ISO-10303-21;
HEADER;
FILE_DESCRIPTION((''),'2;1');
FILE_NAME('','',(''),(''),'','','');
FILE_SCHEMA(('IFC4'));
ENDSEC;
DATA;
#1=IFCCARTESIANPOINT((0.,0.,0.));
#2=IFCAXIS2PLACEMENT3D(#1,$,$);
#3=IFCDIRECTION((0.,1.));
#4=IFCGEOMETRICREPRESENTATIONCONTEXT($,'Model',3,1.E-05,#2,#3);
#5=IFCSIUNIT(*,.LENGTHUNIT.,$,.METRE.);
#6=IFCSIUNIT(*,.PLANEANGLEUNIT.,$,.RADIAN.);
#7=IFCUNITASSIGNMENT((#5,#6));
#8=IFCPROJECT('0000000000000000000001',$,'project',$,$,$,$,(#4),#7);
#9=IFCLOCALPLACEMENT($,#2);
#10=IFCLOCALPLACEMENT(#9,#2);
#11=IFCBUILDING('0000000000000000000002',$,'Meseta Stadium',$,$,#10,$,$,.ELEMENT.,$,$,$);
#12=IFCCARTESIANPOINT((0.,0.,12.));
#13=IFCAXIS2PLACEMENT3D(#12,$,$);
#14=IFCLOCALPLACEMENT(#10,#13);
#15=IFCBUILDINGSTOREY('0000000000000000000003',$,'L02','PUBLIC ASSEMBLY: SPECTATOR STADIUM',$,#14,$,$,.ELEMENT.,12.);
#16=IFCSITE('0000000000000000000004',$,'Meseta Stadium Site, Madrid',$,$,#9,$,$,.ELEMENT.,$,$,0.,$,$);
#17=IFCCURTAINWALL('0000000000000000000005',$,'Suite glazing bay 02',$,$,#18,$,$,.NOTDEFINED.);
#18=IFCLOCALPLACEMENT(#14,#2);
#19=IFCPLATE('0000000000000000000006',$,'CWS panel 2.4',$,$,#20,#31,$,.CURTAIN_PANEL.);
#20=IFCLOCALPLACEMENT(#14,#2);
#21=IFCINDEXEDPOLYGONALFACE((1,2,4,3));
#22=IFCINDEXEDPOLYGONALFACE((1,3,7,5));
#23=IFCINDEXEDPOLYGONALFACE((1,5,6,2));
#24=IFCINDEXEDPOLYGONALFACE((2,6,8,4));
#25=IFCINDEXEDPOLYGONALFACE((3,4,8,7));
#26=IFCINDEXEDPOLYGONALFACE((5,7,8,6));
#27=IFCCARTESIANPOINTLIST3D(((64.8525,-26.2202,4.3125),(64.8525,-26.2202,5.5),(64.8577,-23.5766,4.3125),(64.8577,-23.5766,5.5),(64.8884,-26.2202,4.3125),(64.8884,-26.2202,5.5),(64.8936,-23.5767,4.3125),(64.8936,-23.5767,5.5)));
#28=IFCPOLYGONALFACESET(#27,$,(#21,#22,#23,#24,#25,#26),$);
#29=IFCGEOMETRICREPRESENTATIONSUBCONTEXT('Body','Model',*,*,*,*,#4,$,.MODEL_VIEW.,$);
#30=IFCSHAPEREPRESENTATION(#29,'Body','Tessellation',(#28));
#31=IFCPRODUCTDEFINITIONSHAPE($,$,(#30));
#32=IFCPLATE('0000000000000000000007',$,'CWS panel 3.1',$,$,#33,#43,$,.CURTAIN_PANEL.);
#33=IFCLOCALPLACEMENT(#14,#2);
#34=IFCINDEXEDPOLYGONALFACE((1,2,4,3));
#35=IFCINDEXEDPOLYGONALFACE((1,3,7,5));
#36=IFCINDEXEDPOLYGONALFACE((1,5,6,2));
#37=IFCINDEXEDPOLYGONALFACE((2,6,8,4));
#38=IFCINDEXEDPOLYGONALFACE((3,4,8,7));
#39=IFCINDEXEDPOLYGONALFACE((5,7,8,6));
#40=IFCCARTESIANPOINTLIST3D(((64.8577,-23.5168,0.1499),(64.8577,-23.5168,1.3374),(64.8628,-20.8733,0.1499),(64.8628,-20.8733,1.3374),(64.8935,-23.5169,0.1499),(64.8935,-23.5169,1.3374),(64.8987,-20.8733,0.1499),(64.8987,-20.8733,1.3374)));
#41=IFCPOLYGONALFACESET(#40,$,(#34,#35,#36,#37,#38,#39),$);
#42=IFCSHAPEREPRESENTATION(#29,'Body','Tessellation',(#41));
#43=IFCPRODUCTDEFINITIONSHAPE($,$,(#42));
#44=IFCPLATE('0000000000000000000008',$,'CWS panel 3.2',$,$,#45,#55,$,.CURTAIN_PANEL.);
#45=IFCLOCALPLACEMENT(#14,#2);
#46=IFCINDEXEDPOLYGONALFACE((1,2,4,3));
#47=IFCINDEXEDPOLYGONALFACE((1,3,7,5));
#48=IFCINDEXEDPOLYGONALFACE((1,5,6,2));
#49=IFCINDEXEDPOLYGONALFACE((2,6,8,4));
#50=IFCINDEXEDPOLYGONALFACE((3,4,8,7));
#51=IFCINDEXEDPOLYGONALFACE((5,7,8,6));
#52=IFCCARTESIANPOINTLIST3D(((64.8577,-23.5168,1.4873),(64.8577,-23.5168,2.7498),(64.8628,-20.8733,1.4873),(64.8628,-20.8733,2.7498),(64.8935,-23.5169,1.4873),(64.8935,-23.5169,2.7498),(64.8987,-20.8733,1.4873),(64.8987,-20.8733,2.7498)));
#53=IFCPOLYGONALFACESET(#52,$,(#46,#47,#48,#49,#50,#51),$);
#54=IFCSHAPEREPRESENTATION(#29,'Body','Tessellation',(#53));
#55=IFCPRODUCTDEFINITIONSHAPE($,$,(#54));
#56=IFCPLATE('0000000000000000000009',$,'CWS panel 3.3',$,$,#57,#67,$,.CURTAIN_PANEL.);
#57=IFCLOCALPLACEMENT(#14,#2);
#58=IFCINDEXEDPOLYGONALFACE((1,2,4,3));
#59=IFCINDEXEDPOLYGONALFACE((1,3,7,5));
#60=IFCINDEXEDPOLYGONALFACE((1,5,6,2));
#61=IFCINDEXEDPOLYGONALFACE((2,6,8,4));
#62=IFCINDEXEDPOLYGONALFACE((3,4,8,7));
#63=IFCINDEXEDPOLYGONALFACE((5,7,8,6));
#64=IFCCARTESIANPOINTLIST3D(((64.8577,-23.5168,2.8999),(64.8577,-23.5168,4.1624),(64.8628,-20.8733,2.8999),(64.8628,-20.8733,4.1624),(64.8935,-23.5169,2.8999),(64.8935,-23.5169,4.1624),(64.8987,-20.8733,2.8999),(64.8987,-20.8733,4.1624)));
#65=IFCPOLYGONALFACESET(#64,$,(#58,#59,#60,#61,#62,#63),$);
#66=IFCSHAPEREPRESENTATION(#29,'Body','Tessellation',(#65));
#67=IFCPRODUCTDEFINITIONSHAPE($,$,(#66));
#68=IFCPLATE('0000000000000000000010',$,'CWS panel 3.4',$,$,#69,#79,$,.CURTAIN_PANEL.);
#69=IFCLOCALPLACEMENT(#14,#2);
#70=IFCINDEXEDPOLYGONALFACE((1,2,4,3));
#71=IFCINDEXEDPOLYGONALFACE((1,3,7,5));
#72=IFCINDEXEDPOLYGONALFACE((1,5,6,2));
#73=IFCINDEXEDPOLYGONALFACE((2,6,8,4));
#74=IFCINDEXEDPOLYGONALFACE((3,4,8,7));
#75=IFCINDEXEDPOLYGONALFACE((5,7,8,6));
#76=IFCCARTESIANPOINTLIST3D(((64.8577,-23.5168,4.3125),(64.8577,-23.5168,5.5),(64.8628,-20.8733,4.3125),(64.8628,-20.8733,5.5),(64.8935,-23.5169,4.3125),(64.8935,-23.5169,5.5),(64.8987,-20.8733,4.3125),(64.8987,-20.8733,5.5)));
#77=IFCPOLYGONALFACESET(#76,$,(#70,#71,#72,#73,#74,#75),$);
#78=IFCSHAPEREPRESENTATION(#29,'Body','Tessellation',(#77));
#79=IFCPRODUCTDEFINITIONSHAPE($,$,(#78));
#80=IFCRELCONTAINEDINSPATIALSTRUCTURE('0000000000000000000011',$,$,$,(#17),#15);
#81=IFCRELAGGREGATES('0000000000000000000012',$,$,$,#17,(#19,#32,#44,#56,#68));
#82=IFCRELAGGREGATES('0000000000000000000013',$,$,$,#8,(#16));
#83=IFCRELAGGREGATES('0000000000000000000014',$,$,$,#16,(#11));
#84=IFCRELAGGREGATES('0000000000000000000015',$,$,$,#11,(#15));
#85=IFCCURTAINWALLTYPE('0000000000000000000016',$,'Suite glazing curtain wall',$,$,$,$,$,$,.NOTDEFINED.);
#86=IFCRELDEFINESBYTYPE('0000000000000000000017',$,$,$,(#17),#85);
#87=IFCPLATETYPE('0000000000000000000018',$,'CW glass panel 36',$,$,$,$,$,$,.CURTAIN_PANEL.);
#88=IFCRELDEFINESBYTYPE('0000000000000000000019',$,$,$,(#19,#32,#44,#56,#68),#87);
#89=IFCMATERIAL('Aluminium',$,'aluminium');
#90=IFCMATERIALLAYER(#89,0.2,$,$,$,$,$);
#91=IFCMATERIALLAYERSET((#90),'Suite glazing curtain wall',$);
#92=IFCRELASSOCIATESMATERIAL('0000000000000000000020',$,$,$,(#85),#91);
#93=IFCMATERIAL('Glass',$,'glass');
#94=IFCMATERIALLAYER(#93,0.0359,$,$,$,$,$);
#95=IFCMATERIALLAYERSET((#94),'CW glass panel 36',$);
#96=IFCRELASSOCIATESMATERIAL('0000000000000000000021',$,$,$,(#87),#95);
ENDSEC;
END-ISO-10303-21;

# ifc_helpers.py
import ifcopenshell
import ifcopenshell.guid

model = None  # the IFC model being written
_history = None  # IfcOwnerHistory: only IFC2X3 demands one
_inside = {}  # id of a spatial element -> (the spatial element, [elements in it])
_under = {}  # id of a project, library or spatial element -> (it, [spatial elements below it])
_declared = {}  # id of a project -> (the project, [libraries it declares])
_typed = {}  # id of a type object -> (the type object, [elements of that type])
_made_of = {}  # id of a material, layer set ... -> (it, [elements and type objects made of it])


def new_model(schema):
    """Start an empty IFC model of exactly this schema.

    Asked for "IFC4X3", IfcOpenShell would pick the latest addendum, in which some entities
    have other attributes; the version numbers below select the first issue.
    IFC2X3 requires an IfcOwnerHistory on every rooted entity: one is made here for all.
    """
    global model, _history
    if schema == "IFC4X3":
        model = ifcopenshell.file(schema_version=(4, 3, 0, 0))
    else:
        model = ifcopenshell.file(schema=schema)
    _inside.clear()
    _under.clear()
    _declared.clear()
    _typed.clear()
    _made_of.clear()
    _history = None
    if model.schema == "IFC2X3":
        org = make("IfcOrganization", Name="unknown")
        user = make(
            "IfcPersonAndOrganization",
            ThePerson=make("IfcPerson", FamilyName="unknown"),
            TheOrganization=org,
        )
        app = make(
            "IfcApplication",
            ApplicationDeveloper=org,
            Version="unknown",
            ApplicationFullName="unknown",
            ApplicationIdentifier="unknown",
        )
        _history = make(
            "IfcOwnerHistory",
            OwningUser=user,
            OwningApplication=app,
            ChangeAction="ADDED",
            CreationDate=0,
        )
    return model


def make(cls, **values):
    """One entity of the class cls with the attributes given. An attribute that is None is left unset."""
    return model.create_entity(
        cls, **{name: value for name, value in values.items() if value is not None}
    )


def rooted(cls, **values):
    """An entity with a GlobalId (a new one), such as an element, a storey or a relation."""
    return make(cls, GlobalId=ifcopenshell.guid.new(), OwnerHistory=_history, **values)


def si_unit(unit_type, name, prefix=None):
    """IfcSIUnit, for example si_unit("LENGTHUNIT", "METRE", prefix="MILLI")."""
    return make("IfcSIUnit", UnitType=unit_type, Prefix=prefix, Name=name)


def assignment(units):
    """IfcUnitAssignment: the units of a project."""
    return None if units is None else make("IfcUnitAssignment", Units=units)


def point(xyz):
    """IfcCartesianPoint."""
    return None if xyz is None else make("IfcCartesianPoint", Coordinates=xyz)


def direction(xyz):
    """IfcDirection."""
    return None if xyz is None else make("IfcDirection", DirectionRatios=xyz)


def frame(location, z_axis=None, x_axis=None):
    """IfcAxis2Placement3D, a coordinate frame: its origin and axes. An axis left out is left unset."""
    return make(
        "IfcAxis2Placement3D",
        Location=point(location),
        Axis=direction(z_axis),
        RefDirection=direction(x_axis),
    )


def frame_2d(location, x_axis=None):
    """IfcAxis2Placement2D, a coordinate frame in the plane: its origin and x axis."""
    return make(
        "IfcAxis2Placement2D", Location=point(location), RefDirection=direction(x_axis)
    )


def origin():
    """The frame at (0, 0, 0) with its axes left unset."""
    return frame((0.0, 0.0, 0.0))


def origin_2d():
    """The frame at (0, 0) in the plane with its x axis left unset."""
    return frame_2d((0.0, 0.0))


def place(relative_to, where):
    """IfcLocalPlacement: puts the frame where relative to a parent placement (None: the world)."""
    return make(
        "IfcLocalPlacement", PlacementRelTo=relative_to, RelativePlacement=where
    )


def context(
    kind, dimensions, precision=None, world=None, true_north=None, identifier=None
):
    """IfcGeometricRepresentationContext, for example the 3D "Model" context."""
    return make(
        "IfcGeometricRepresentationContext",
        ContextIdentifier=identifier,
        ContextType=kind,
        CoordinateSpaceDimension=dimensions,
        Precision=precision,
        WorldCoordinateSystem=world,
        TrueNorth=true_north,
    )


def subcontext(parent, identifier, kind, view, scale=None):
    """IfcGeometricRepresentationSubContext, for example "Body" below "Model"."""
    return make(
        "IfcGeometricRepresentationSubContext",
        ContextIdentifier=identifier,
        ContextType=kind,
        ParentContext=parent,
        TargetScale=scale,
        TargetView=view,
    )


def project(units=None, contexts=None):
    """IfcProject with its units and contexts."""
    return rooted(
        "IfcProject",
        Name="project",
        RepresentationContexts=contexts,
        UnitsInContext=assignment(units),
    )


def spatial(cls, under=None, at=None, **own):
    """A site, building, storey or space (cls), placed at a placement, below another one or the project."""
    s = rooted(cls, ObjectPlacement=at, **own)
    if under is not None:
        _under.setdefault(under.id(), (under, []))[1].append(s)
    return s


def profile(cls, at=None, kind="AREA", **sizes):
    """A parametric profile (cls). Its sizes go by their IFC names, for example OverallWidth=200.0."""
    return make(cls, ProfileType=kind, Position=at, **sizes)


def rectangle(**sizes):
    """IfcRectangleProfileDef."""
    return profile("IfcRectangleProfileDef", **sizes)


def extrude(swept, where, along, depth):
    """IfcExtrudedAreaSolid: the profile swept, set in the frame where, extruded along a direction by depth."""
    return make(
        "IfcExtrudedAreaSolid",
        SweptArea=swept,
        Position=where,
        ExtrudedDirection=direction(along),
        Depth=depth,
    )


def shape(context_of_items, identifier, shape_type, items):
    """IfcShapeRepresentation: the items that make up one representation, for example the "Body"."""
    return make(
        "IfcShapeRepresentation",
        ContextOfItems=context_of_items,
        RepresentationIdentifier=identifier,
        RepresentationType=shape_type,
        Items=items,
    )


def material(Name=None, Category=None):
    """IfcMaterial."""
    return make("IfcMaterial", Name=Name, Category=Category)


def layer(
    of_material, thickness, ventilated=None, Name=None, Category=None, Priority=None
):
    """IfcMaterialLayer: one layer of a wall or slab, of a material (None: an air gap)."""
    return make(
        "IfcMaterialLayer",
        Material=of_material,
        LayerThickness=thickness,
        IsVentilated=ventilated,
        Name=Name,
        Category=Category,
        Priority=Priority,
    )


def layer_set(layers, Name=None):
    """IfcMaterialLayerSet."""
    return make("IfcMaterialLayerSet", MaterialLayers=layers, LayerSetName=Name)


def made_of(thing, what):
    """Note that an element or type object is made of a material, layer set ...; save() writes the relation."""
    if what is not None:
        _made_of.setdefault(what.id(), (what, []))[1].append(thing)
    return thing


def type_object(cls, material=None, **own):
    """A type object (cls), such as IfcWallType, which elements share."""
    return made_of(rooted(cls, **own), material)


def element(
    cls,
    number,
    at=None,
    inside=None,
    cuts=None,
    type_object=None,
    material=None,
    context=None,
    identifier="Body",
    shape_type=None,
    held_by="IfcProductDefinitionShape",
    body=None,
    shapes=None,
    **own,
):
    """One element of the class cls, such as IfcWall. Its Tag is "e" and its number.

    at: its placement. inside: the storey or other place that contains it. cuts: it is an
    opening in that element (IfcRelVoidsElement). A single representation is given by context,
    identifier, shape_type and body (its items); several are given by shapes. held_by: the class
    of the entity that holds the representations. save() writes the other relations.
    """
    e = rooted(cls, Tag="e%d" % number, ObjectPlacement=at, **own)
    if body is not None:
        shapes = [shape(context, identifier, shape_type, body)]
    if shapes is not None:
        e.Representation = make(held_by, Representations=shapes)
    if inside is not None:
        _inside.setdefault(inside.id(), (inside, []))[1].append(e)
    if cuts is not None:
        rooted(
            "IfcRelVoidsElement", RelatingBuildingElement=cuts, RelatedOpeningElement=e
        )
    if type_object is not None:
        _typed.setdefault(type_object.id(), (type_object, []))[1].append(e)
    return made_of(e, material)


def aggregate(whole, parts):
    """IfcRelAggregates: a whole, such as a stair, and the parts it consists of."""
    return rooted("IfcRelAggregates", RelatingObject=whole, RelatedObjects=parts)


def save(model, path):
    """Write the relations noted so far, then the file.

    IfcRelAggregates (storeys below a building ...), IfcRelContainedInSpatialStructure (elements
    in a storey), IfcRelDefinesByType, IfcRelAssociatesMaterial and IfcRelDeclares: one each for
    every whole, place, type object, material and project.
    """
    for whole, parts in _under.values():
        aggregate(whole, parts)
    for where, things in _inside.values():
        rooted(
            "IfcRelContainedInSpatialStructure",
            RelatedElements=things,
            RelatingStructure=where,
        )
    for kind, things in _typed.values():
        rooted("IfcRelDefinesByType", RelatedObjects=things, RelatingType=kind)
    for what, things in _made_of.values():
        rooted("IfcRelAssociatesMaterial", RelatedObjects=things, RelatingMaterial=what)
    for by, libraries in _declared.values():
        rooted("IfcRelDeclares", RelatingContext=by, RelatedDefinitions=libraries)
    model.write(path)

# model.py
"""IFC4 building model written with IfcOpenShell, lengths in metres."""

from ifc_helpers import new_model, si_unit, direction, frame, origin, origin_2d, place, context, subcontext, project, spatial, rectangle, extrude, material, layer, layer_set, type_object, element, aggregate, save


model = new_model("IFC4")

# Units and contexts
model_context = context("Model", 3, precision=1e-05, world=origin(), true_north=direction((0.0, 1.0)))
body_context = subcontext(model_context, "Body", "Model", "MODEL_VIEW")
ifc_project = project(units=[si_unit("LENGTHUNIT", "METRE"), si_unit("PLANEANGLEUNIT", "RADIAN")], contexts=[model_context])

# Site, building, storey
site_placement = place(None, origin())
site = spatial("IfcSite", under=ifc_project, at=site_placement, Name="Meseta Stadium Site, Madrid", CompositionType="ELEMENT", RefElevation=0.0)
building_placement = place(site_placement, origin())
building = spatial("IfcBuilding", under=site, at=building_placement, Name="Meseta Stadium", CompositionType="ELEMENT")
storey_placement = place(building_placement, frame((0.0, 0.0, 12.0)))
storey = spatial("IfcBuildingStorey", under=building, at=storey_placement, Name="L02", Description="PUBLIC ASSEMBLY: SPECTATOR STADIUM", CompositionType="ELEMENT", Elevation=12.0)

# Curtain wall, plates
ifc_material_1 = material(Name="Aluminium", Category="aluminium")
ifc_layer_1 = layer(ifc_material_1, 0.2)
ifc_layer_set_1 = layer_set([ifc_layer_1], Name="Suite glazing curtain wall")
curtain_wall_type = type_object("IfcCurtainWallType", Name="Suite glazing curtain wall", PredefinedType="NOTDEFINED", material=ifc_layer_set_1)
curtain_wall_placement = place(storey_placement, origin())
curtain_wall = element("IfcCurtainWall", 1, at=curtain_wall_placement, inside=storey, type_object=curtain_wall_type, Name="Suite glazing bay 02", PredefinedType="NOTDEFINED")
ifc_material_2 = material(Name="Glass", Category="glass")
ifc_layer_2 = layer(ifc_material_2, 0.0359)
ifc_layer_set_2 = layer_set([ifc_layer_2], Name="CW glass panel 36")
plate_type = type_object("IfcPlateType", Name="CW glass panel 36", PredefinedType="CURTAIN_PANEL", material=ifc_layer_set_2)
plate_1_placement = place(storey_placement, frame((64.873, -24.8984, 4.3125), z_axis=(0.0, 0.0, 1.0), x_axis=(0.001947, 0.999998, 0.0)))
plate_1 = element("IfcPlate", 2, at=plate_1_placement, type_object=plate_type, Name="CWS panel 2.4", PredefinedType="CURTAIN_PANEL", context=body_context, shape_type="SweptSolid", body=[
    extrude(rectangle(XDim=2.6436, YDim=0.0359, at=origin_2d()), origin(), (0.0, 0.0, 1.0), 1.1875),
])
plate_2_placement = place(storey_placement, frame((64.8782, -22.1951, 0.1499), z_axis=(0.0, 0.0, 1.0), x_axis=(0.001947, 0.999998, 0.0)))
plate_2 = element("IfcPlate", 3, at=plate_2_placement, type_object=plate_type, Name="CWS panel 3.1", PredefinedType="CURTAIN_PANEL", context=body_context, shape_type="SweptSolid", body=[
    extrude(rectangle(XDim=2.6436, YDim=0.0359, at=origin_2d()), origin(), (0.0, 0.0, 1.0), 1.1875),
])
plate_3_placement = place(storey_placement, frame((64.8782, -22.1951, 1.4873), z_axis=(0.0, 0.0, 1.0), x_axis=(0.001947, 0.999998, 0.0)))
plate_3 = element("IfcPlate", 4, at=plate_3_placement, type_object=plate_type, Name="CWS panel 3.2", PredefinedType="CURTAIN_PANEL", context=body_context, shape_type="SweptSolid", body=[
    extrude(rectangle(XDim=2.6436, YDim=0.0359, at=origin_2d()), origin(), (0.0, 0.0, 1.0), 1.2625),
])
plate_4_placement = place(storey_placement, frame((64.8782, -22.1951, 2.8999), z_axis=(0.0, 0.0, 1.0), x_axis=(0.001947, 0.999998, 0.0)))
plate_4 = element("IfcPlate", 5, at=plate_4_placement, type_object=plate_type, Name="CWS panel 3.3", PredefinedType="CURTAIN_PANEL", context=body_context, shape_type="SweptSolid", body=[
    extrude(rectangle(XDim=2.6436, YDim=0.0359, at=origin_2d()), origin(), (0.0, 0.0, 1.0), 1.2625),
])
plate_5_placement = place(storey_placement, frame((64.8782, -22.1951, 4.3125), z_axis=(0.0, 0.0, 1.0), x_axis=(0.001947, 0.999998, 0.0)))
plate_5 = element("IfcPlate", 6, at=plate_5_placement, type_object=plate_type, Name="CWS panel 3.4", PredefinedType="CURTAIN_PANEL", context=body_context, shape_type="SweptSolid", body=[
    extrude(rectangle(XDim=2.6436, YDim=0.0359, at=origin_2d()), origin(), (0.0, 0.0, 1.0), 1.1875),
])
aggregate(curtain_wall, [plate_1, plate_2, plate_3, plate_4, plate_5])

save(model, "model.ifc")
